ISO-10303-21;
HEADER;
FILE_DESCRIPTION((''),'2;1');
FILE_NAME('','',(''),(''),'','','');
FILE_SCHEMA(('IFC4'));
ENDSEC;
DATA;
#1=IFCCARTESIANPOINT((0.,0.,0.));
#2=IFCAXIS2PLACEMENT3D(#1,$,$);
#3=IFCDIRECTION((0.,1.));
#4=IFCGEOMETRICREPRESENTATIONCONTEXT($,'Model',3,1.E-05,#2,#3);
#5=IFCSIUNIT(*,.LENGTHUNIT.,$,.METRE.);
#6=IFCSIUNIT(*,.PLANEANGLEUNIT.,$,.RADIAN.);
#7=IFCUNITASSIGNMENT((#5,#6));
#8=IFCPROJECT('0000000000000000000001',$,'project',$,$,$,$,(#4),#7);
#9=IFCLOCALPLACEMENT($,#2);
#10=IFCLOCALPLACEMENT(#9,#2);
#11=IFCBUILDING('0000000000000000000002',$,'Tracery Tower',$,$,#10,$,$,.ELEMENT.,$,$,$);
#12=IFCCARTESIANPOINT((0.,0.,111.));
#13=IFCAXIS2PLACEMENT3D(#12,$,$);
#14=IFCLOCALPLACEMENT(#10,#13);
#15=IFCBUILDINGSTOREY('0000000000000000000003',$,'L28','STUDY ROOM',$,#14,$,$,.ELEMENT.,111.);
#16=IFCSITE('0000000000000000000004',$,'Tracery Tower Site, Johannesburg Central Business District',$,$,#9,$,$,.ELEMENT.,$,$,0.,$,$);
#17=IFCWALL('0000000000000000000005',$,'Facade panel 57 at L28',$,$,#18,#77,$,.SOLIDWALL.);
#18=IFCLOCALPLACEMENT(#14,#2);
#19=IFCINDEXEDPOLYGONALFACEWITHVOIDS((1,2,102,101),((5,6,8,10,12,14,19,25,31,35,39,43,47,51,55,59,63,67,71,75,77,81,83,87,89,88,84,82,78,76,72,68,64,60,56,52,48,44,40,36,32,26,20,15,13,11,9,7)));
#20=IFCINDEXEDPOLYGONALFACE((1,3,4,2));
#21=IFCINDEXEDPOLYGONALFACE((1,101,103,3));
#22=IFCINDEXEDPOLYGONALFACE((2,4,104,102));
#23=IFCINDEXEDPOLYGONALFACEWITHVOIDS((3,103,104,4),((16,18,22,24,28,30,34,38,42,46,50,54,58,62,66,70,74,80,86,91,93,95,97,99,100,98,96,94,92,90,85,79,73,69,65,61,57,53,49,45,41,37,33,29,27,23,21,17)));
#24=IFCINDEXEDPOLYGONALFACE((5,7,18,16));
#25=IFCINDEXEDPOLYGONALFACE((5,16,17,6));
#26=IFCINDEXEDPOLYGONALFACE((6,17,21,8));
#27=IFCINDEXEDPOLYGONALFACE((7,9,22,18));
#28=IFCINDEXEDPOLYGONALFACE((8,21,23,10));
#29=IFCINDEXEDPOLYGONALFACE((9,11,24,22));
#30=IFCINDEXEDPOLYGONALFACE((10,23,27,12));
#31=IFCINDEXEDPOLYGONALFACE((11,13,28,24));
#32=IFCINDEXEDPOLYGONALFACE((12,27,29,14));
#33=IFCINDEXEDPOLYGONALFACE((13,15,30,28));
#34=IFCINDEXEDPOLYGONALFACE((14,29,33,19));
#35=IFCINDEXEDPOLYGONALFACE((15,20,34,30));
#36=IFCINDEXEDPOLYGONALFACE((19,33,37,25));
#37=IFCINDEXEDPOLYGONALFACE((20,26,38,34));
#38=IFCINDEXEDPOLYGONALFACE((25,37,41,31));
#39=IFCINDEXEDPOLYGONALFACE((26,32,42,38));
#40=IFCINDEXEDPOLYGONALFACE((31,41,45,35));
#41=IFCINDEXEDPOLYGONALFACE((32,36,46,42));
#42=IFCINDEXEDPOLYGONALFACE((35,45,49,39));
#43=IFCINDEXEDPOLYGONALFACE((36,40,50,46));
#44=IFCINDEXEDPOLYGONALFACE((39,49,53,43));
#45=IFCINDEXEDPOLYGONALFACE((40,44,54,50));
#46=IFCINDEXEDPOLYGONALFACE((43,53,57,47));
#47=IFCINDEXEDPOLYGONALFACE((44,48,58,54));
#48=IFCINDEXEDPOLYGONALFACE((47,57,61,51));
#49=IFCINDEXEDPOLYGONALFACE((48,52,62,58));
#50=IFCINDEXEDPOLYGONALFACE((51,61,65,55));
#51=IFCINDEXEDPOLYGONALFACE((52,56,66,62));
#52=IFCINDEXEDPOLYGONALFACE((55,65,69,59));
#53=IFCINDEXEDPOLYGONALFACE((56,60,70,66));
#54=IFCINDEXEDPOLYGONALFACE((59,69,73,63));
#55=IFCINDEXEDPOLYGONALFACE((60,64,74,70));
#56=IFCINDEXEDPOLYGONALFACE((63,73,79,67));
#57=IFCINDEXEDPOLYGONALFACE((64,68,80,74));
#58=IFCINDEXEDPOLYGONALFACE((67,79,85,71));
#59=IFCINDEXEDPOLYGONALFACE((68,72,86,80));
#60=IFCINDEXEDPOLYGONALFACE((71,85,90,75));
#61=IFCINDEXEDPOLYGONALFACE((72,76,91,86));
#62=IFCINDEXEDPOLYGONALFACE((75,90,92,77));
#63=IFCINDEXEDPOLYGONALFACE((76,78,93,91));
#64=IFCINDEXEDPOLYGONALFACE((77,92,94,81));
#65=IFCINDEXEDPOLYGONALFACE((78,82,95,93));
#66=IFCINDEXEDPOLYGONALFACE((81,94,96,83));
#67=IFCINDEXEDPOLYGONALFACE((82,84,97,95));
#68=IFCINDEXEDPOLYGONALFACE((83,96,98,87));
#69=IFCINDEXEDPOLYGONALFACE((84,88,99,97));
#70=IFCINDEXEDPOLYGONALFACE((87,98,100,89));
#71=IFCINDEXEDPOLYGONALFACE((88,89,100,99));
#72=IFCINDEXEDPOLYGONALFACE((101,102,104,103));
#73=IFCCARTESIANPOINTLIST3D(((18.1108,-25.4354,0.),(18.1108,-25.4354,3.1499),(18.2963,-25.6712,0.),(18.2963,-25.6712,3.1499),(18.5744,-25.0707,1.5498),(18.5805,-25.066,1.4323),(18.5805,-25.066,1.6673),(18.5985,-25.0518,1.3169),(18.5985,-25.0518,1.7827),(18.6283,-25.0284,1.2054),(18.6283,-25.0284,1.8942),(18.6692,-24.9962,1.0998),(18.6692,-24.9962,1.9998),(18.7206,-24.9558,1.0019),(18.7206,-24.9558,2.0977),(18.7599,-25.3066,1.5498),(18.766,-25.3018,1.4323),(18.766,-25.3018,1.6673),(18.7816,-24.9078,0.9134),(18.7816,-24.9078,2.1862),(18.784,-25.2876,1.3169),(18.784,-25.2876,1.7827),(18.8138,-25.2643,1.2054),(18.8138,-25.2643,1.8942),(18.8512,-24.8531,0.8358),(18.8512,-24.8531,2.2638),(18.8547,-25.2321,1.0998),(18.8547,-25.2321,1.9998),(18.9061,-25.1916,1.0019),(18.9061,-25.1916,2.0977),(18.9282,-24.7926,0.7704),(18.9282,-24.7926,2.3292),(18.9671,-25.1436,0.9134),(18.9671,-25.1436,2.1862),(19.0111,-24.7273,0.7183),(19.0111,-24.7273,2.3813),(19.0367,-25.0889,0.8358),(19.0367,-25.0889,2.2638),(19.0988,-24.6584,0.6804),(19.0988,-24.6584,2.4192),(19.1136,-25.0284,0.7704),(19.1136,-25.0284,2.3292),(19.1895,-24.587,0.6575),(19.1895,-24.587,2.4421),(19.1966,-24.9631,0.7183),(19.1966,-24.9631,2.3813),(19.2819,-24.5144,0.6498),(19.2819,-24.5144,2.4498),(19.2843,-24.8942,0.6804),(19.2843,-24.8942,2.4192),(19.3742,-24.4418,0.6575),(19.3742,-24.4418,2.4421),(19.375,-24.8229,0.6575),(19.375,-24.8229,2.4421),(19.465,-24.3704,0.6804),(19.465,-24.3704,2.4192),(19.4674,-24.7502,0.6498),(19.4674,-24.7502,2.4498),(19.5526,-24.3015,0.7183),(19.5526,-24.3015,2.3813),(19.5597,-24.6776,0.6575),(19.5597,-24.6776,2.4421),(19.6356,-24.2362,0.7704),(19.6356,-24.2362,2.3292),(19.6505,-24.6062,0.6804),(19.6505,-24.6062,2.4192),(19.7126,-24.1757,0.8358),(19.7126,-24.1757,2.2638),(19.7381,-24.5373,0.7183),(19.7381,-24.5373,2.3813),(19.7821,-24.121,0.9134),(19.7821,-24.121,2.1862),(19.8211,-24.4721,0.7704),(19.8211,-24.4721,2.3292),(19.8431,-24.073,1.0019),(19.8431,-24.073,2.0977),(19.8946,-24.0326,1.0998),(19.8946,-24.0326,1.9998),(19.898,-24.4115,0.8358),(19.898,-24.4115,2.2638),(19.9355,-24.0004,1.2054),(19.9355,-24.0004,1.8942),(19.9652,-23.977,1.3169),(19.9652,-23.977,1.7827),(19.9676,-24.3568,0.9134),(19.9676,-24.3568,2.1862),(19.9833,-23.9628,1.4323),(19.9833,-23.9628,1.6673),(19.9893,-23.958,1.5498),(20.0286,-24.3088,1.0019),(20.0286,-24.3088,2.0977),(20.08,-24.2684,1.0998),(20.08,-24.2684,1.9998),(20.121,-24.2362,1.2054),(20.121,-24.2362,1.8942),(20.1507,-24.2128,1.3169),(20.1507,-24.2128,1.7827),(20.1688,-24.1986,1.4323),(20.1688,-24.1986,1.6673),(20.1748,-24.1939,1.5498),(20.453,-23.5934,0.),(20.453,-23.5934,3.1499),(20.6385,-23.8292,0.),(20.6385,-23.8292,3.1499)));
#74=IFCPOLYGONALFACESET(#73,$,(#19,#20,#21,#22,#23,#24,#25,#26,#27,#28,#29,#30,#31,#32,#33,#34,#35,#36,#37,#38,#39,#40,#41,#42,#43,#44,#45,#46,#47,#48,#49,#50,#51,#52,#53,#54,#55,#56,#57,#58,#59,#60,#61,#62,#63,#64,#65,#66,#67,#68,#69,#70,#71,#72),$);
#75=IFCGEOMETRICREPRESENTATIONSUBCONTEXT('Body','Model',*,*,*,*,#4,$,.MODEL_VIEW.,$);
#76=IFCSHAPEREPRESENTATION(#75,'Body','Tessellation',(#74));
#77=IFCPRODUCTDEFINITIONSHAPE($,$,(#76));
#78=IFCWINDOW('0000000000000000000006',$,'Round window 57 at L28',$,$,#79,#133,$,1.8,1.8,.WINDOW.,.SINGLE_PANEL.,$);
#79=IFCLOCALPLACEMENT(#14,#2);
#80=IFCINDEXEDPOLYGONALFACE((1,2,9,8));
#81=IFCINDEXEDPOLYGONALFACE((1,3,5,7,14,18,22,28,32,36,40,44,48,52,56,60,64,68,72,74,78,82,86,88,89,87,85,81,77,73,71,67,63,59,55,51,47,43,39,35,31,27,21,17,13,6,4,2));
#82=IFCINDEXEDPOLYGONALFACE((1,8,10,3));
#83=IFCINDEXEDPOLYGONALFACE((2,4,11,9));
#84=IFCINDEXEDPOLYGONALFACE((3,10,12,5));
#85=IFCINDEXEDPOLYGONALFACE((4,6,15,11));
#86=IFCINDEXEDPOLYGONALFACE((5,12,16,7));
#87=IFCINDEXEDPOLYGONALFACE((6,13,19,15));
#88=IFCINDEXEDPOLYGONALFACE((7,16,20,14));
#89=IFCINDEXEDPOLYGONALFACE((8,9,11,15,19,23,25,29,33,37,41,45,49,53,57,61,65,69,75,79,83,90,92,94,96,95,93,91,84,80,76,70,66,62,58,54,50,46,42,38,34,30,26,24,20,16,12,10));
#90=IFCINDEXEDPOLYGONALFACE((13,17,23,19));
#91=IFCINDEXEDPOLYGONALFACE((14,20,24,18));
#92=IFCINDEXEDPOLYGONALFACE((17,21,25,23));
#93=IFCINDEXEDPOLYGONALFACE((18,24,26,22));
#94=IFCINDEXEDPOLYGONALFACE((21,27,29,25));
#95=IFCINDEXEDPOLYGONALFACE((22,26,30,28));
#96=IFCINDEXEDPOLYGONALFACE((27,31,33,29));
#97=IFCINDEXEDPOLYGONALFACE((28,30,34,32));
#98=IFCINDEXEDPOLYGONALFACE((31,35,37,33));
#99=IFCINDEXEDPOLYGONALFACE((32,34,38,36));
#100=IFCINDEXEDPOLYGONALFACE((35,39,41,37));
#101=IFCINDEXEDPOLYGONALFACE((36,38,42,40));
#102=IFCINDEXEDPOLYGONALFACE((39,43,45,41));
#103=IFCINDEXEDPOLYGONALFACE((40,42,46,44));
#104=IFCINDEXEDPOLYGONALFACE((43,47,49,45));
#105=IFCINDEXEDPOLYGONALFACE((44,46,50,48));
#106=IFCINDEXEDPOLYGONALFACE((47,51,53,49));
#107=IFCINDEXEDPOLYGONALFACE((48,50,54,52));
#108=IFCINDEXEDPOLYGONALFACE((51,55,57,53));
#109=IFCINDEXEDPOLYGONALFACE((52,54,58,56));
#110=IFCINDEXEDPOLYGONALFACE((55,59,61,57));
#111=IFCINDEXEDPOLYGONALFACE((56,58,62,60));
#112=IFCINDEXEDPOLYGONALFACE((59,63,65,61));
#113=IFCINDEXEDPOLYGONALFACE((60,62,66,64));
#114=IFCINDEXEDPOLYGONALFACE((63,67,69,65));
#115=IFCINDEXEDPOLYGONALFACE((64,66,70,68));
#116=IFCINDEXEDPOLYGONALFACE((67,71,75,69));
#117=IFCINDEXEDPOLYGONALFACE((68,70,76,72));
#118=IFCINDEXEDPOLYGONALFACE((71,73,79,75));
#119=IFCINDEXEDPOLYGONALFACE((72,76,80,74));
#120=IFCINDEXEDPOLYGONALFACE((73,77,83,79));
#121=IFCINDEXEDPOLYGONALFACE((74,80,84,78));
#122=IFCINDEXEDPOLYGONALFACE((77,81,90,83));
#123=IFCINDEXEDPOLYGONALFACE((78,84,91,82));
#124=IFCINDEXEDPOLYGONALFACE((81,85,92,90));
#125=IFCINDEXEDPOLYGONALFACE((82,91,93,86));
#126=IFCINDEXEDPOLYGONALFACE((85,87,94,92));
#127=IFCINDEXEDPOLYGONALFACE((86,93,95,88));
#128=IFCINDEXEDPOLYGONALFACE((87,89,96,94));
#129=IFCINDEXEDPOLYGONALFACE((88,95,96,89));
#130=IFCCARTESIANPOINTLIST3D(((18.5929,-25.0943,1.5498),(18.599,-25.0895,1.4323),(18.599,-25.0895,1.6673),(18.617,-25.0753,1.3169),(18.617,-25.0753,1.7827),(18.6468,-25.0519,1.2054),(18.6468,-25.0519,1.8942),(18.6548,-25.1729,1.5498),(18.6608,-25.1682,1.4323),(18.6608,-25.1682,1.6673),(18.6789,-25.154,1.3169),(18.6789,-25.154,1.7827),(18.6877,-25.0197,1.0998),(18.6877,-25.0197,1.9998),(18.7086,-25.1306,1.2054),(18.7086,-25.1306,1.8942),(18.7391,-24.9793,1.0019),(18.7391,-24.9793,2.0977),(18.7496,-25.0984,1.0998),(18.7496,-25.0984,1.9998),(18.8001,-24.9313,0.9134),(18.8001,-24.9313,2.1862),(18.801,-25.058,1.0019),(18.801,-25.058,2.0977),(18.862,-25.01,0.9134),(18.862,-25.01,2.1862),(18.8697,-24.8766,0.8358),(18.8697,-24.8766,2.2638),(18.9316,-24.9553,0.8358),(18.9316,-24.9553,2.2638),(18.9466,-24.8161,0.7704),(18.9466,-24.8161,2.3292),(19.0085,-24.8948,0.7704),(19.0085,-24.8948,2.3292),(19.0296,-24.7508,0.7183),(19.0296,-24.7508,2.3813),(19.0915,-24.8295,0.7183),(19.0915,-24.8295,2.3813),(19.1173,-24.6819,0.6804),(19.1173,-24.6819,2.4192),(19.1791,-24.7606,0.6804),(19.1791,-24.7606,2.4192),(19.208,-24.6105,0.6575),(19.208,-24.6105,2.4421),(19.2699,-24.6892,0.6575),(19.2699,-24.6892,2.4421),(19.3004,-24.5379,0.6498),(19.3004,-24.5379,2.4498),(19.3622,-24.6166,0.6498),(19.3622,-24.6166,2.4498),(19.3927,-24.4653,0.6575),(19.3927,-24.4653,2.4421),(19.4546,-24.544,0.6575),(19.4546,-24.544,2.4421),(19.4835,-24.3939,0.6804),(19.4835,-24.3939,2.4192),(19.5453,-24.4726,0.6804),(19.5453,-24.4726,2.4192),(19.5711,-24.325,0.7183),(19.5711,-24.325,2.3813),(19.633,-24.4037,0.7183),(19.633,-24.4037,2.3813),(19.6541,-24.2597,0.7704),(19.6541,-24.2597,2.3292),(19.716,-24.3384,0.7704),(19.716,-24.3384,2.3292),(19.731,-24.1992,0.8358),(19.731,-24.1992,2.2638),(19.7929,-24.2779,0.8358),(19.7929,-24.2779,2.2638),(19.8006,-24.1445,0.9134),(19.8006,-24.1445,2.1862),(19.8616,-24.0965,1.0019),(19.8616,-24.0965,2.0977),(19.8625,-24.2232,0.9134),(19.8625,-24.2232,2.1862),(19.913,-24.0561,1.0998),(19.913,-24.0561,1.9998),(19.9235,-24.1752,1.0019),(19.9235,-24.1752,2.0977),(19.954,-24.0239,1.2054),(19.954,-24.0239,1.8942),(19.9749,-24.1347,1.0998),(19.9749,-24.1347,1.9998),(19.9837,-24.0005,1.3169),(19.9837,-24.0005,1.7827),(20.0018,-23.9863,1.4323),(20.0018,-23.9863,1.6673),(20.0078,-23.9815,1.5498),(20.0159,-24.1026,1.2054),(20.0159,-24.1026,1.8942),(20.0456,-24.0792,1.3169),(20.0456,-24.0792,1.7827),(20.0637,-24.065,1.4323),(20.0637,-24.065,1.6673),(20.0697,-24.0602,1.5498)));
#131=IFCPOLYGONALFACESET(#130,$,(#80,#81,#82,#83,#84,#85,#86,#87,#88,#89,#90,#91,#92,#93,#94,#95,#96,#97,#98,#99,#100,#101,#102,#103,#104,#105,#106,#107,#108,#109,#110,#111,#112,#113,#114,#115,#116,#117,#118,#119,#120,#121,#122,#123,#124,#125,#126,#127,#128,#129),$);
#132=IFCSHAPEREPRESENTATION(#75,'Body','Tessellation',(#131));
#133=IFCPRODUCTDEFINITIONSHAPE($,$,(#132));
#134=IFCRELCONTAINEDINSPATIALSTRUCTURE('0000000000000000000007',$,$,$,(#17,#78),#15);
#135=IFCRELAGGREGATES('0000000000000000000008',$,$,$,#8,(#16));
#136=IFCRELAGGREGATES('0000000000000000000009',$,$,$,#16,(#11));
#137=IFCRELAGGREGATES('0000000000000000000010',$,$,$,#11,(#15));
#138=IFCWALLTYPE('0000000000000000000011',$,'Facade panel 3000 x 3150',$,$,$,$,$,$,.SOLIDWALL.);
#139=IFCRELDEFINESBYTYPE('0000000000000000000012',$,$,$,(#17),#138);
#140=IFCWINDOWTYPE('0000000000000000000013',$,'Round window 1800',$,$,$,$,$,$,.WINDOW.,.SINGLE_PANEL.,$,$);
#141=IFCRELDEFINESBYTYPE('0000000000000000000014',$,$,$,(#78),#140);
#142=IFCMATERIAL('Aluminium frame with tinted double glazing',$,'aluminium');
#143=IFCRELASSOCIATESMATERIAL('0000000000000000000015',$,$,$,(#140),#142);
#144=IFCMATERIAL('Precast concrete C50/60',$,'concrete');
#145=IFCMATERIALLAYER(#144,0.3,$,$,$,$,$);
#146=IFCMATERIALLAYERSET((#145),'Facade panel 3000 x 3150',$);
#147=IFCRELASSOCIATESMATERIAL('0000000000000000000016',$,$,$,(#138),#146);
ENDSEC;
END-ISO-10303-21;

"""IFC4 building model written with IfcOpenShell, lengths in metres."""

from ifc_helpers import new_model, si_unit, direction, frame, frame_2d, origin, origin_2d, place, context, subcontext, project, spatial, rectangle, circle, extrude, material, layer, layer_set, type_object, element, fill, save


model = new_model("IFC4")

# Units and contexts
model_context = context("Model", 3, precision=1e-05, world=origin(), true_north=direction((0.0, 1.0)))
body_context = subcontext(model_context, "Body", "Model", "MODEL_VIEW")
ifc_project = project(units=[si_unit("LENGTHUNIT", "METRE"), si_unit("PLANEANGLEUNIT", "RADIAN")], contexts=[model_context])

# Site, building, storey
site_placement = place(None, origin())
site = spatial("IfcSite", under=ifc_project, at=site_placement, Name="Tracery Tower Site, Johannesburg Central Business District", CompositionType="ELEMENT", RefElevation=0.0)
building_placement = place(site_placement, origin())
building = spatial("IfcBuilding", under=site, at=building_placement, Name="Tracery Tower", CompositionType="ELEMENT")
storey_placement = place(building_placement, frame((0.0, 0.0, 111.0)))
storey = spatial("IfcBuildingStorey", under=building, at=storey_placement, Name="L28", Description="STUDY ROOM", CompositionType="ELEMENT", Elevation=111.0)

# Wall, opening, window
ifc_material_1 = material(Name="Aluminium frame with tinted double glazing", Category="aluminium")
window_type = type_object("IfcWindowType", Name="Round window 1800", PartitioningType="SINGLE_PANEL", PredefinedType="WINDOW", material=ifc_material_1)
ifc_material_2 = material(Name="Precast concrete C50/60", Category="concrete")
ifc_layer_1 = layer(ifc_material_2, 0.3)
ifc_layer_set_1 = layer_set([ifc_layer_1], Name="Facade panel 3000 x 3150")
wall_type_1 = type_object("IfcWallType", Name="Facade panel 3000 x 3150", PredefinedType="SOLIDWALL", material=ifc_layer_set_1)
wall_1_placement = place(storey_placement, frame((18.2036, -25.5532, 0.0), z_axis=(0.0, 0.0, 1.0), x_axis=(0.786045, 0.618169, 0.0)))
wall_1 = element("IfcWall", 1, at=wall_1_placement, inside=storey, type_object=wall_type_1, Name="Facade panel 57 at L28", PredefinedType="SOLIDWALL", context=body_context, shape_type="SweptSolid", body=[
    extrude(rectangle(XDim=2.9797, YDim=0.3, at=frame_2d((1.4897, 0.0))), origin(), (0.0, 0.0, 1.0), 3.1499),
])
opening_1_placement = place(wall_1_placement, frame((1.4897, 0.0, 1.5498)))
opening_1 = element("IfcOpeningElement", 2, at=opening_1_placement, cuts=wall_1, PredefinedType="OPENING", context=body_context, shape_type="SweptSolid", body=[
    extrude(circle(Radius=0.9, at=origin_2d()), frame((0.0, 0.1599, 0.0), z_axis=(0.0, -1.0, 0.0), x_axis=(1.0, 0.0, 0.0)), (0.0, 0.0, 1.0), 0.3201),
])
window_1_placement = place(opening_1_placement, origin())
window_1 = element("IfcWindow", 3, at=window_1_placement, inside=storey, type_object=window_type, Name="Round window 57 at L28", OverallHeight=1.8, OverallWidth=1.8, PartitioningType="SINGLE_PANEL", PredefinedType="WINDOW", context=body_context, shape_type="SweptSolid", body=[
    extrude(circle(Radius=0.9, at=origin_2d()), frame((0.0, 0.1201, 0.0), z_axis=(0.0, -1.0, 0.0), x_axis=(1.0, 0.0, 0.0)), (0.0, 0.0, 1.0), 0.1001),
])
fill(opening_1, window_1)

save(model, "model.ifc")
